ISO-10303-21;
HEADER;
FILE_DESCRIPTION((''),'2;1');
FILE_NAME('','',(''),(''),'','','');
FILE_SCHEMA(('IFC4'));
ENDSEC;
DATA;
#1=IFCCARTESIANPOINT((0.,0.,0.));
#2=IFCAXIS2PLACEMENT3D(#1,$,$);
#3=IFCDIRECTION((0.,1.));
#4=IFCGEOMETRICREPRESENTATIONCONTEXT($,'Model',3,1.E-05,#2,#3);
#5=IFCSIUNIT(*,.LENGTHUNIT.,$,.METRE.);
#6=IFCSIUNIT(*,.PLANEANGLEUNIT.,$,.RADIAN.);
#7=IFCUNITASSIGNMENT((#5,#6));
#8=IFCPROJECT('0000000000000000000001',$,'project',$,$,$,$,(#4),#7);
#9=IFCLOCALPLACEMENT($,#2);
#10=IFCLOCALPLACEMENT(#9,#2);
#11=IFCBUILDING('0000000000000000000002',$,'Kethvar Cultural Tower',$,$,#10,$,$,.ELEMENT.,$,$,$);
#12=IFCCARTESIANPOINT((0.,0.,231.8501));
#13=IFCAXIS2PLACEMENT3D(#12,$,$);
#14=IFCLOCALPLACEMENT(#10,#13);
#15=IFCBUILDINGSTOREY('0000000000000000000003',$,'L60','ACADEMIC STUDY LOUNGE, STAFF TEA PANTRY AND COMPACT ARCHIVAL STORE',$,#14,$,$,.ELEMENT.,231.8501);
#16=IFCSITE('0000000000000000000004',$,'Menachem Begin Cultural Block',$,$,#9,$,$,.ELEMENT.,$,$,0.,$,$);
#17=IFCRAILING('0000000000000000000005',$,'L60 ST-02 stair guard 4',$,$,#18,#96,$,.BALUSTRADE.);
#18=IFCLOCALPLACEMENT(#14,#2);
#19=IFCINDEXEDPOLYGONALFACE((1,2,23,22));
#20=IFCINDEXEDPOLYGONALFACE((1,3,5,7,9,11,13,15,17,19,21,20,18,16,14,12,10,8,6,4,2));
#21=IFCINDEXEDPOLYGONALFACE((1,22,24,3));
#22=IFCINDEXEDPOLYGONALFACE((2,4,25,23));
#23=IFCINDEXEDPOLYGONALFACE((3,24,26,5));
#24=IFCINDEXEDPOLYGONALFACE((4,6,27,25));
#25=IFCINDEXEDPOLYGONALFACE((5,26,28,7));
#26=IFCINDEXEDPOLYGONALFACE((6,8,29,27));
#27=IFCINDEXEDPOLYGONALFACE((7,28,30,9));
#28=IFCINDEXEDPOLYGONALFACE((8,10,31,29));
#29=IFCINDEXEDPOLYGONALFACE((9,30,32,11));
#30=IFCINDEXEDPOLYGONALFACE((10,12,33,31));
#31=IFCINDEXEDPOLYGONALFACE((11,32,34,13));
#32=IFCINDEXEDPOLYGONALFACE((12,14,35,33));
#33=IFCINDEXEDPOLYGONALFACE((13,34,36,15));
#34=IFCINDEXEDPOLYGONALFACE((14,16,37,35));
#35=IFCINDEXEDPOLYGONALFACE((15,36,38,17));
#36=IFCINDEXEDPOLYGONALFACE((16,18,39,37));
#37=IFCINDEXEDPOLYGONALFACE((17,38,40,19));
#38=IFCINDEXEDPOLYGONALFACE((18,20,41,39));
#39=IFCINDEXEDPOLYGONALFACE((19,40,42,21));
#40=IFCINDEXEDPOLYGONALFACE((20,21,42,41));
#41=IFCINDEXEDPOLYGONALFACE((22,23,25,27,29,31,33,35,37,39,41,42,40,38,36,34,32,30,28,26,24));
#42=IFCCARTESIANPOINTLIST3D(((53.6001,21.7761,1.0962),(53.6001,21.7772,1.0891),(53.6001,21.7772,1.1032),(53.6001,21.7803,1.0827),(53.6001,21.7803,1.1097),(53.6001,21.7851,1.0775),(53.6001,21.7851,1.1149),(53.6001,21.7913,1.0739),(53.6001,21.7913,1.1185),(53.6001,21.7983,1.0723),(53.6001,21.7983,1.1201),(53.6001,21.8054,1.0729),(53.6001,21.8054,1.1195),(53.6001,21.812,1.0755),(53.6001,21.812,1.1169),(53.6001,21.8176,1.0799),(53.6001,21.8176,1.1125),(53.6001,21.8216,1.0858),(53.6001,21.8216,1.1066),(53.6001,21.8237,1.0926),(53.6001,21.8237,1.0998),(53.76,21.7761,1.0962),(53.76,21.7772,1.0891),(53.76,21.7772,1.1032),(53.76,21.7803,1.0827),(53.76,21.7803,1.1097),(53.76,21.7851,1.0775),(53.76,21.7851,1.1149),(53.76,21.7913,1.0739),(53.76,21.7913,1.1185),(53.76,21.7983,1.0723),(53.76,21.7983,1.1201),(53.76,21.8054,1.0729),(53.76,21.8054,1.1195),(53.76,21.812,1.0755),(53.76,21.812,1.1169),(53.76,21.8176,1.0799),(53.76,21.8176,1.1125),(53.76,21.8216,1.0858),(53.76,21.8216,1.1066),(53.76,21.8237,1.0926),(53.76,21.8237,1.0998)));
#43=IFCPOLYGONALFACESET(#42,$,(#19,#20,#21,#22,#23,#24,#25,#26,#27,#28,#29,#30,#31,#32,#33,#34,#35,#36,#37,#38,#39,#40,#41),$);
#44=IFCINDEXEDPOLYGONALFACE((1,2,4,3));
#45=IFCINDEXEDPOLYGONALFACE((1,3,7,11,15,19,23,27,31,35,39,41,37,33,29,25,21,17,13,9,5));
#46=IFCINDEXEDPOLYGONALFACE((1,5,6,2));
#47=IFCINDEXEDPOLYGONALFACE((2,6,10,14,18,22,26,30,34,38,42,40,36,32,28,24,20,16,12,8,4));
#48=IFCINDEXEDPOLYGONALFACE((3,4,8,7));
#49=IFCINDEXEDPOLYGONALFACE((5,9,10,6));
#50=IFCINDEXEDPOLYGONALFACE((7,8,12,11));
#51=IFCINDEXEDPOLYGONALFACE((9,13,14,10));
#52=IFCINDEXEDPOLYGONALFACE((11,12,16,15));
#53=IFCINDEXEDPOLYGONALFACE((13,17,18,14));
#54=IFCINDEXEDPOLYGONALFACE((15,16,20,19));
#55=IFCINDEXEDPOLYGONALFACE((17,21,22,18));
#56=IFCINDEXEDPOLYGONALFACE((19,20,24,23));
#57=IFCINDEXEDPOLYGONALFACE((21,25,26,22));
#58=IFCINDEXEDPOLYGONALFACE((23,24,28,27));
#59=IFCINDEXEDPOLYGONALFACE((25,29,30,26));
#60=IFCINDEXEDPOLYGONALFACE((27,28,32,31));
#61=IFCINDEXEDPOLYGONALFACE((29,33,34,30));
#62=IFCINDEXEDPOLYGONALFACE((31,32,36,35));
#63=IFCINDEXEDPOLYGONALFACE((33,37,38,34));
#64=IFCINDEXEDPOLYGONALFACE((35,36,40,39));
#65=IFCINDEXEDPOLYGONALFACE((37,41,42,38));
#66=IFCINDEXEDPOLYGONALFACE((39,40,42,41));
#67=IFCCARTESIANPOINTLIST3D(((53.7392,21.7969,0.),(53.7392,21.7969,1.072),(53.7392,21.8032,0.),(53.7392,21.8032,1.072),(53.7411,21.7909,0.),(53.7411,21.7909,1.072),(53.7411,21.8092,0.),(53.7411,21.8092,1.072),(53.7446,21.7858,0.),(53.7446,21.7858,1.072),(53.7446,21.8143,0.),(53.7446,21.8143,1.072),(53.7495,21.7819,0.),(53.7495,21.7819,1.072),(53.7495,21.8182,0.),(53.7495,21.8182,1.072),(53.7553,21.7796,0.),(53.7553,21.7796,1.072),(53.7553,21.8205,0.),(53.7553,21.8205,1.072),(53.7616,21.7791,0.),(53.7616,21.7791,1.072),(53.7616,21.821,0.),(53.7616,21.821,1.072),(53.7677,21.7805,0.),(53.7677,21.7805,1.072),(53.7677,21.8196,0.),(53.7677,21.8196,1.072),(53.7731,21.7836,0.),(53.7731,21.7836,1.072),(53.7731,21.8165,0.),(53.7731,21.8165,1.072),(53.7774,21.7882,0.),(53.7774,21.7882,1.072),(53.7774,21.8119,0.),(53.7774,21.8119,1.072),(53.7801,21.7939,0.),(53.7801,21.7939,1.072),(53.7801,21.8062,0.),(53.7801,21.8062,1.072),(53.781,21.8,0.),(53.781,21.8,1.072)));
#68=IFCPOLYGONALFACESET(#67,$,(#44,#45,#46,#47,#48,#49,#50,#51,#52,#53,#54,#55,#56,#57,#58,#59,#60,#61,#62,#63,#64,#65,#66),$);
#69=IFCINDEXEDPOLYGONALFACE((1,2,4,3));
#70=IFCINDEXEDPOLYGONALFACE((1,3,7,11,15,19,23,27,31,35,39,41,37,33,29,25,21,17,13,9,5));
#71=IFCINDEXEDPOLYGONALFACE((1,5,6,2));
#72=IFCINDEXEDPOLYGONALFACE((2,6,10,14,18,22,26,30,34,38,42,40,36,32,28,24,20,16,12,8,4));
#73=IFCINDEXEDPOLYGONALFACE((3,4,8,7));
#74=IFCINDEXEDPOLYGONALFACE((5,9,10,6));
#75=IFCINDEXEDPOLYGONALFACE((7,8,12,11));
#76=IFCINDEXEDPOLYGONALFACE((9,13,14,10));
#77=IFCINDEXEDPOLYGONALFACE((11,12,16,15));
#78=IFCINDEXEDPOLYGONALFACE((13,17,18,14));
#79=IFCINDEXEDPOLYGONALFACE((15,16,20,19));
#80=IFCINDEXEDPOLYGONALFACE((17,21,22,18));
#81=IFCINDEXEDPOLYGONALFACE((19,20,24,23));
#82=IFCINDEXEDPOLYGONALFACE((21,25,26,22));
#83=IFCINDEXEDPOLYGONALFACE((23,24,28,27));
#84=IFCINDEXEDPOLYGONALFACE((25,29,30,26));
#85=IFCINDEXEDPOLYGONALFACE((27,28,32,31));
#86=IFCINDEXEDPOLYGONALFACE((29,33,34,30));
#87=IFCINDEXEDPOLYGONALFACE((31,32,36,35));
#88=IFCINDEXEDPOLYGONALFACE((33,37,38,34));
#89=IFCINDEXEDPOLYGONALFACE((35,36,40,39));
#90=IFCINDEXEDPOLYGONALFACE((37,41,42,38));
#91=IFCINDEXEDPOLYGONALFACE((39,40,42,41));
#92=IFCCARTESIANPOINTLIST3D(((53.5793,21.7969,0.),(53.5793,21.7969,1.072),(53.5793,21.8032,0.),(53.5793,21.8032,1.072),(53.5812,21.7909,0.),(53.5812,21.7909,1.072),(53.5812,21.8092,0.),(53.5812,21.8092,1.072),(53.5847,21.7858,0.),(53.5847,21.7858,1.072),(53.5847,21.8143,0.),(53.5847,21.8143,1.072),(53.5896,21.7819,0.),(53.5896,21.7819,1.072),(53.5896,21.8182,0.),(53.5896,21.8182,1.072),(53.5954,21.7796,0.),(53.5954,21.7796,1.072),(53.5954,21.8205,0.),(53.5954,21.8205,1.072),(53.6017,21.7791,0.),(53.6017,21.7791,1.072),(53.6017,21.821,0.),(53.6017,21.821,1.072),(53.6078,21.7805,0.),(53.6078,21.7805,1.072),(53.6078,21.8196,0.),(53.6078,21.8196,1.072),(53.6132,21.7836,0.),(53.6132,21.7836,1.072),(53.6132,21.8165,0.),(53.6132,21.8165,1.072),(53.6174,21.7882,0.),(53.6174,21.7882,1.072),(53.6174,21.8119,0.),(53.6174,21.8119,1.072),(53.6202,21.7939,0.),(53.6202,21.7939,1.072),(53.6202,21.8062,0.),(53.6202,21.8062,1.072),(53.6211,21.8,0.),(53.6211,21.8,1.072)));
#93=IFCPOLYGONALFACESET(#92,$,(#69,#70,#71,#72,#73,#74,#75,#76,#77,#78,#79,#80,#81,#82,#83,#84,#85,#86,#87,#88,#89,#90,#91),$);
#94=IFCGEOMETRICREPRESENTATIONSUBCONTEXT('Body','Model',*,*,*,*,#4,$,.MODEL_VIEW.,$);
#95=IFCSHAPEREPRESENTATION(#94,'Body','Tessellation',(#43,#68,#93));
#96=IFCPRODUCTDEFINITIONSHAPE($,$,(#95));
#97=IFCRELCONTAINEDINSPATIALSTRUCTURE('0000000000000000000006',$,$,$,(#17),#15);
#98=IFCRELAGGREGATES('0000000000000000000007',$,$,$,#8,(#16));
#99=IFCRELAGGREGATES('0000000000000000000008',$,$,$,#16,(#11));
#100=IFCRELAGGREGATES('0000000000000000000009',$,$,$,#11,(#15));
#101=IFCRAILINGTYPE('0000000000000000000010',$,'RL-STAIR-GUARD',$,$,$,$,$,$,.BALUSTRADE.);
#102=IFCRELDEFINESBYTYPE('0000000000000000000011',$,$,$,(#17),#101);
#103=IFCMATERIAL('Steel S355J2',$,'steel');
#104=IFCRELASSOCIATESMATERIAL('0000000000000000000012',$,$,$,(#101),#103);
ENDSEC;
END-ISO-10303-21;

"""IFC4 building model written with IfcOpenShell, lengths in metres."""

from ifc_helpers import new_model, si_unit, direction, frame, origin, origin_2d, place, context, subcontext, project, spatial, circle, extrude, material, type_object, element, save


model = new_model("IFC4")

# Units and contexts
model_context = context("Model", 3, precision=1e-05, world=origin(), true_north=direction((0.0, 1.0)))
body_context = subcontext(model_context, "Body", "Model", "MODEL_VIEW")
ifc_project = project(units=[si_unit("LENGTHUNIT", "METRE"), si_unit("PLANEANGLEUNIT", "RADIAN")], contexts=[model_context])

# Site, building, storey
site_placement = place(None, origin())
site = spatial("IfcSite", under=ifc_project, at=site_placement, Name="Menachem Begin Cultural Block", CompositionType="ELEMENT", RefElevation=0.0)
building_placement = place(site_placement, origin())
building = spatial("IfcBuilding", under=site, at=building_placement, Name="Kethvar Cultural Tower", CompositionType="ELEMENT")
storey_placement = place(building_placement, frame((0.0, 0.0, 231.8501)))
storey = spatial("IfcBuildingStorey", under=building, at=storey_placement, Name="L60", Description="ACADEMIC STUDY LOUNGE, STAFF TEA PANTRY AND COMPACT ARCHIVAL STORE", CompositionType="ELEMENT", Elevation=231.8501)

# Shared definitions
ifc_material_1 = material(Name="Steel S355J2", Category="steel")

# Railing
railing_type_1 = type_object("IfcRailingType", Name="RL-STAIR-GUARD", PredefinedType="BALUSTRADE", material=ifc_material_1)
railing_1_placement = place(storey_placement, frame((53.76, 21.8, 0.0)))
element("IfcRailing", 1, at=railing_1_placement, inside=storey, type_object=railing_type_1, Name="L60 ST-02 stair guard 4", PredefinedType="BALUSTRADE", context=body_context, shape_type="SweptSolid", body=[
    extrude(circle(Radius=0.0239, at=origin_2d()), frame((0.0, 0.0, 1.0962), z_axis=(-1.0, 0.0, 0.0), x_axis=(0.0, -1.0, 0.0)), (0.0, 0.0, 1.0), 0.1599),
    extrude(circle(Radius=0.021, at=origin_2d()), origin(), (0.0, 0.0, 1.0), 1.072),
    extrude(circle(Radius=0.021, at=origin_2d()), frame((-0.1599, 0.0, 0.0)), (0.0, 0.0, 1.0), 1.072),
])

save(model, "model.ifc")
